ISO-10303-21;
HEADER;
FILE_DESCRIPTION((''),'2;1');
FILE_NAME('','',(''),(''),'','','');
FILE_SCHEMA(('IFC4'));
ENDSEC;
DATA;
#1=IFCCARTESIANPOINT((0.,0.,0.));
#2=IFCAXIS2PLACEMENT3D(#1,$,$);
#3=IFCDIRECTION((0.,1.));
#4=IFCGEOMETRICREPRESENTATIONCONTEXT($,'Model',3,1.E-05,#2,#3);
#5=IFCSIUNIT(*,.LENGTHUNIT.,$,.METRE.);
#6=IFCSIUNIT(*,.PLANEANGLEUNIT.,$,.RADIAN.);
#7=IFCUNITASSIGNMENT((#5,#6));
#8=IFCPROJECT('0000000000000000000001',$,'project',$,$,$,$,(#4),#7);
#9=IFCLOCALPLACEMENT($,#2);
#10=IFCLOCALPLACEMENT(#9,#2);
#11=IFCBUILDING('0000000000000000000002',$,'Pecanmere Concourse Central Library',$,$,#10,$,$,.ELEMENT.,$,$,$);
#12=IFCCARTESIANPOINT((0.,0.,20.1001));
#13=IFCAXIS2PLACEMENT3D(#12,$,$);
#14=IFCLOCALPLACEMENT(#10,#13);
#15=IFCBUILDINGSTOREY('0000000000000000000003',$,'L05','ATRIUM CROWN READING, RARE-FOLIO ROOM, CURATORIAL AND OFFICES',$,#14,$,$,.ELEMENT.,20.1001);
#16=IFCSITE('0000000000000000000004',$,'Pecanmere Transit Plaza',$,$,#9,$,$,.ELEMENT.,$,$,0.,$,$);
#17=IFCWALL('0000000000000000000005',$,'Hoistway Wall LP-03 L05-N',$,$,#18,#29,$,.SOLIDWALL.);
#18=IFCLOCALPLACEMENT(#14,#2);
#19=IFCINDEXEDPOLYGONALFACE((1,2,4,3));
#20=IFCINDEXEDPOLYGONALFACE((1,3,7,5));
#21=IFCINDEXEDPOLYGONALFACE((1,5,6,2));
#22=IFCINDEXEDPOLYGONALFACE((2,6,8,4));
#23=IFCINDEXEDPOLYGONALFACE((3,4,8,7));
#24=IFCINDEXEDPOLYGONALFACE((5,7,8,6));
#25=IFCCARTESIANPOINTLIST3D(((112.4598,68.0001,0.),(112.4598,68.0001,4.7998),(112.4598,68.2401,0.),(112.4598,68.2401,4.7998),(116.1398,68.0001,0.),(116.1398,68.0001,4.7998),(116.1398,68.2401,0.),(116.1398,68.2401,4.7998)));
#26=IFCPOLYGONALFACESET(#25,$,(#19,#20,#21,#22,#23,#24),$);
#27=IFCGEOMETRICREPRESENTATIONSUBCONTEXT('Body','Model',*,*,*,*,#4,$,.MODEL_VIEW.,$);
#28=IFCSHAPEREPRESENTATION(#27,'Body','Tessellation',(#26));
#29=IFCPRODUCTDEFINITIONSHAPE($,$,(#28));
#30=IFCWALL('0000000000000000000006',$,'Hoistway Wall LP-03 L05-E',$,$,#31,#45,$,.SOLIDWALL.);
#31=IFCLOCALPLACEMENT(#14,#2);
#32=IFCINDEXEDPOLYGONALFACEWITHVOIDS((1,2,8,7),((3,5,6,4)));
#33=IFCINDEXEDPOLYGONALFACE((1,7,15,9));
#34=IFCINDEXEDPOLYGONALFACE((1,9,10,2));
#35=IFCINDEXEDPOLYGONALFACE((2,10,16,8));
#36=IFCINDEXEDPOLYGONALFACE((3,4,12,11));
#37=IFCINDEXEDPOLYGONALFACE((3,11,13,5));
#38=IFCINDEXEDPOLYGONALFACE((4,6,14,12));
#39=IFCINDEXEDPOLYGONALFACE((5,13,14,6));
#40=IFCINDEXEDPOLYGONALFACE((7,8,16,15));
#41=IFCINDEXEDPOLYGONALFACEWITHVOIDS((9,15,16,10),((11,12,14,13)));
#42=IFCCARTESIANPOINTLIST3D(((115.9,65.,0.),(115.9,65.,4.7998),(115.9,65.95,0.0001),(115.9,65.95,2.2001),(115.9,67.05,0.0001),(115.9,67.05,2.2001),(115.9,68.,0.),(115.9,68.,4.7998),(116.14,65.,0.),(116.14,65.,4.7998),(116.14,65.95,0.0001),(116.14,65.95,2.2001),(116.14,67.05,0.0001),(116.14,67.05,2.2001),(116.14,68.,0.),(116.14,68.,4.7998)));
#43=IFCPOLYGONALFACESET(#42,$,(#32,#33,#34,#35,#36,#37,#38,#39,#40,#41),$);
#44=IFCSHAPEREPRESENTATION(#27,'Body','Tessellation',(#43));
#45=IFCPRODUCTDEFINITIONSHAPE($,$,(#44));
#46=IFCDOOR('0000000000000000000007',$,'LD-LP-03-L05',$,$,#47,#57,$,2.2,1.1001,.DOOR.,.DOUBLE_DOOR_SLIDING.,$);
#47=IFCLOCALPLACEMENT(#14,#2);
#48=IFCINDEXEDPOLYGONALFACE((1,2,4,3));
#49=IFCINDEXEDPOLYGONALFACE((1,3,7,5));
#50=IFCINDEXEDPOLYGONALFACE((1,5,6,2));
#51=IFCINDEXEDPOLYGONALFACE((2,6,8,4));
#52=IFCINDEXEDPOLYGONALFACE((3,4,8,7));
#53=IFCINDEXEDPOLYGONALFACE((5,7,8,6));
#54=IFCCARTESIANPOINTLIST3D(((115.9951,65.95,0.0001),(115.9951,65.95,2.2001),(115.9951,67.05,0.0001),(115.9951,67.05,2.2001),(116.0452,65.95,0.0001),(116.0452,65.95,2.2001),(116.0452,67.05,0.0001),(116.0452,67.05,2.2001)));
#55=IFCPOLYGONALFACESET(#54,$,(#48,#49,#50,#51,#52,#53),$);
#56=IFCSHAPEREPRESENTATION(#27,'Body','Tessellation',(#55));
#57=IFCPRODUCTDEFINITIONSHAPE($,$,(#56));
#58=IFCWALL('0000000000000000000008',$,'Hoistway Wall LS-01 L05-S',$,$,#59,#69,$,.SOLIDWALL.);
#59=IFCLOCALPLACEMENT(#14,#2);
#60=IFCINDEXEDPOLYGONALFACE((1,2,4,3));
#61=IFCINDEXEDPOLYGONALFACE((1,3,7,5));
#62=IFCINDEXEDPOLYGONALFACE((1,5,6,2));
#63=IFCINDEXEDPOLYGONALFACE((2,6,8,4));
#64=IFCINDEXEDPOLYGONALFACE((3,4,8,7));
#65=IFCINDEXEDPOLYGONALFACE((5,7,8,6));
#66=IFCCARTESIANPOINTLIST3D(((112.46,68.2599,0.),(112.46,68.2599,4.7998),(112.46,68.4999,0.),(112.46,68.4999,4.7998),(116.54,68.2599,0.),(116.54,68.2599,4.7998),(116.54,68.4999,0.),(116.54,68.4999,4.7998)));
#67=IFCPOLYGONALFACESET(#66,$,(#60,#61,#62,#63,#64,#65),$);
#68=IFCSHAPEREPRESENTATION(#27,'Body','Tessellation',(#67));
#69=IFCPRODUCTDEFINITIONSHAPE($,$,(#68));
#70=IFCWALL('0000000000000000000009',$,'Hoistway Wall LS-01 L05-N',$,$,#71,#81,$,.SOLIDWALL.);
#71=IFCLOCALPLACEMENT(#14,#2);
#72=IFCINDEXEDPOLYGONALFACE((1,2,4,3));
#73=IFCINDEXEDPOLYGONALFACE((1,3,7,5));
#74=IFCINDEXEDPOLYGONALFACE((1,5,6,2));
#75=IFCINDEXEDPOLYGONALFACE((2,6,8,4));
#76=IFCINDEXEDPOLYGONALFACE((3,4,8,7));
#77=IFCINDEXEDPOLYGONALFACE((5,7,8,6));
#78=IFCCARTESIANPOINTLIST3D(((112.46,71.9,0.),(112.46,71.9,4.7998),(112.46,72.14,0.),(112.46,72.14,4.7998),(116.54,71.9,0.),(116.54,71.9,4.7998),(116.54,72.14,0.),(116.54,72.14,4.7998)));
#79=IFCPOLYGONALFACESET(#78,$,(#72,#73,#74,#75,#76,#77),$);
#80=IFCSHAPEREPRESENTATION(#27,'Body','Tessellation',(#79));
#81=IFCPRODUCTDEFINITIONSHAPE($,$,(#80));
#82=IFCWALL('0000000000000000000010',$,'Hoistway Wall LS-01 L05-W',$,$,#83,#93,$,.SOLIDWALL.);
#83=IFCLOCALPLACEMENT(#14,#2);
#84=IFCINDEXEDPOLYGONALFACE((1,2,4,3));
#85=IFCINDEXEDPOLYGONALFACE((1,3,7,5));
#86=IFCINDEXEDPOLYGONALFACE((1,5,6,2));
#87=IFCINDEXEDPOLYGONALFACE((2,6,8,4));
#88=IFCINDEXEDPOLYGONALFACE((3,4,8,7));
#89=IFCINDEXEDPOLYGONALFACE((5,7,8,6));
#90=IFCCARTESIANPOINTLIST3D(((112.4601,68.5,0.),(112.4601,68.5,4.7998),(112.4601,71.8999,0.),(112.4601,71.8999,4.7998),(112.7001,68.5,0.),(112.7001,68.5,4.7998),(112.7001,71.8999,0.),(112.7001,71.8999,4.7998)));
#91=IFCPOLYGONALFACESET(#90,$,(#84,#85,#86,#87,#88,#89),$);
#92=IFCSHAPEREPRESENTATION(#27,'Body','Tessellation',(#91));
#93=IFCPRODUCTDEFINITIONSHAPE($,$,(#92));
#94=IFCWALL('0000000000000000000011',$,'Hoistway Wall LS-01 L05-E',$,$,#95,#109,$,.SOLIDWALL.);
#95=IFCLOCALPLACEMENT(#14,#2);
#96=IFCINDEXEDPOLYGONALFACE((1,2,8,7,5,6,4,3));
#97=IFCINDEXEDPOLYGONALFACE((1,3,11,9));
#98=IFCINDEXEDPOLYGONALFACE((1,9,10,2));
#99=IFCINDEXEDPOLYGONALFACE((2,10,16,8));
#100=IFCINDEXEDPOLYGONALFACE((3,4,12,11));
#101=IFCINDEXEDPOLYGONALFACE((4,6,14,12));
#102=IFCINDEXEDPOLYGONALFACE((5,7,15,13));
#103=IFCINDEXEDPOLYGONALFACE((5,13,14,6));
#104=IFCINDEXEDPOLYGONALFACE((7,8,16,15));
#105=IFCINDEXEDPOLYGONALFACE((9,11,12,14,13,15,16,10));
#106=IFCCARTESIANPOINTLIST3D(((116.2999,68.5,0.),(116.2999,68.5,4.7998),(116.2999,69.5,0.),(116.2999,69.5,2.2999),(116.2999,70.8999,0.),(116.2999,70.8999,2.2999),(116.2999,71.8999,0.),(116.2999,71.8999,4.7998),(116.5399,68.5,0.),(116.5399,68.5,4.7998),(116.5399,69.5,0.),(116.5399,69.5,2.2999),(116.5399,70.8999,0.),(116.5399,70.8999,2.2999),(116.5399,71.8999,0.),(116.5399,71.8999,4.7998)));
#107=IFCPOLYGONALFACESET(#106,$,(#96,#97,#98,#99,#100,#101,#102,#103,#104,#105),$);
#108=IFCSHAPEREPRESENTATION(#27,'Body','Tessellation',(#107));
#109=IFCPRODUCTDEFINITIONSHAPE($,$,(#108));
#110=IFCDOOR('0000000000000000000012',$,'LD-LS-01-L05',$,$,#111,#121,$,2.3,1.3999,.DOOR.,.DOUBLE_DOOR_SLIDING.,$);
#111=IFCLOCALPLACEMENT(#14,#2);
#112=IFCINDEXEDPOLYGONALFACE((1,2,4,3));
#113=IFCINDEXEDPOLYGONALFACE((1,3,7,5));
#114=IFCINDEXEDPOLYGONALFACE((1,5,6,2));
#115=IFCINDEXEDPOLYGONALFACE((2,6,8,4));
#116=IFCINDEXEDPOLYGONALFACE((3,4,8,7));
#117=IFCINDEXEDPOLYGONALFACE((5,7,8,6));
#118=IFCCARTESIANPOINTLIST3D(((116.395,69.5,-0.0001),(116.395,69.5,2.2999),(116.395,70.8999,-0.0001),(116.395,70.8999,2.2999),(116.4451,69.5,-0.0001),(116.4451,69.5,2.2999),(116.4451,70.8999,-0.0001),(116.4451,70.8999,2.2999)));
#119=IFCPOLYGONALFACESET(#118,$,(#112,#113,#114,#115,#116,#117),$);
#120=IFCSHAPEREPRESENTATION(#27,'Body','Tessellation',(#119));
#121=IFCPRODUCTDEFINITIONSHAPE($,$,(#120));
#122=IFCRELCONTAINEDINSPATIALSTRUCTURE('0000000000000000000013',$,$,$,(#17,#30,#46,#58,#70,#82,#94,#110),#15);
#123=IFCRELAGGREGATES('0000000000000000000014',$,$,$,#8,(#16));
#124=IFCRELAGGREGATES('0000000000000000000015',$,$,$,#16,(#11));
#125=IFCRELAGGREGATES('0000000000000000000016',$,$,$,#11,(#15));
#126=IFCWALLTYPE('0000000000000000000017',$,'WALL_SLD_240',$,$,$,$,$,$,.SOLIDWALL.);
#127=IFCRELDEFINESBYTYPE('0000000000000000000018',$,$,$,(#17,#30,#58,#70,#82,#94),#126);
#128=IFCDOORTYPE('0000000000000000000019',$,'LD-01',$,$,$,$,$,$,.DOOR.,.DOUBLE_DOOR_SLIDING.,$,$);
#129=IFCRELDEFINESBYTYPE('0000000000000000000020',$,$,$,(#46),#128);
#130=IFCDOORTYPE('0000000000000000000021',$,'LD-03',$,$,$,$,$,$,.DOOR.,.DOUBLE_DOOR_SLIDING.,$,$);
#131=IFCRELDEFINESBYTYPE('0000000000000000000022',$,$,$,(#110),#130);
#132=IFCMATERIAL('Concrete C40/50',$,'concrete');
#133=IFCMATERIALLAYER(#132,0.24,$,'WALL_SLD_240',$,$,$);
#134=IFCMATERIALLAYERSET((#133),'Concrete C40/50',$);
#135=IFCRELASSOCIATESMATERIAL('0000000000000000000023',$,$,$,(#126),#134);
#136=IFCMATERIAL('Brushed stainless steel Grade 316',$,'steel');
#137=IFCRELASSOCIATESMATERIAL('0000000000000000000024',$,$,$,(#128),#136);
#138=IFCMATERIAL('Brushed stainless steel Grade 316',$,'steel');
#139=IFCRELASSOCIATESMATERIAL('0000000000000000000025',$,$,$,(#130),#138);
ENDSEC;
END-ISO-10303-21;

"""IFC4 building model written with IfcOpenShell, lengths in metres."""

from ifc_helpers import new_model, si_unit, direction, frame, frame_2d, origin, place, context, subcontext, project, spatial, rectangle, extrude, material, layer, layer_set, type_object, element, fill, save


model = new_model("IFC4")

# Units and contexts
model_context = context("Model", 3, precision=1e-05, world=origin(), true_north=direction((0.0, 1.0)))
body_context = subcontext(model_context, "Body", "Model", "MODEL_VIEW")
ifc_project = project(units=[si_unit("LENGTHUNIT", "METRE"), si_unit("PLANEANGLEUNIT", "RADIAN")], contexts=[model_context])

# Site, building, storey
site_placement = place(None, origin())
site = spatial("IfcSite", under=ifc_project, at=site_placement, Name="Pecanmere Transit Plaza", CompositionType="ELEMENT", RefElevation=0.0)
building_placement = place(site_placement, origin())
building = spatial("IfcBuilding", under=site, at=building_placement, Name="Pecanmere Concourse Central Library", CompositionType="ELEMENT")
storey_placement = place(building_placement, frame((0.0, 0.0, 20.1001)))
storey = spatial("IfcBuildingStorey", under=building, at=storey_placement, Name="L05", Description="ATRIUM CROWN READING, RARE-FOLIO ROOM, CURATORIAL AND OFFICES", CompositionType="ELEMENT", Elevation=20.1001)

# Wall
ifc_material_1 = material(Name="Concrete C40/50", Category="concrete")
ifc_layer_1 = layer(ifc_material_1, 0.24, Name="WALL_SLD_240")
ifc_layer_set_1 = layer_set([ifc_layer_1], Name="Concrete C40/50")
wall_type_1 = type_object("IfcWallType", Name="WALL_SLD_240", PredefinedType="SOLIDWALL", material=ifc_layer_set_1)
wall_1_placement = place(storey_placement, frame((112.46, 68.1201, 0.0), z_axis=(0.0, 0.0, 1.0), x_axis=(1.0, 0.0, 0.0)))
element("IfcWall", 1, at=wall_1_placement, inside=storey, type_object=wall_type_1, Name="Hoistway Wall LP-03 L05-N", PredefinedType="SOLIDWALL", context=body_context, shape_type="SweptSolid", body=[
    extrude(rectangle(XDim=3.6799, YDim=0.24, at=frame_2d((1.8398, 0.0))), origin(), (0.0, 0.0, 1.0), 4.7998),
])

# Wall, opening, door
wall_2_placement = place(storey_placement, frame((116.02, 65.0, 0.0), z_axis=(0.0, 0.0, 1.0), x_axis=(0.0, 1.0, 0.0)))
wall_2 = element("IfcWall", 2, at=wall_2_placement, inside=storey, type_object=wall_type_1, Name="Hoistway Wall LP-03 L05-E", PredefinedType="SOLIDWALL", context=body_context, shape_type="SweptSolid", body=[
    extrude(rectangle(XDim=3.0, YDim=0.24, at=frame_2d((1.5, 0.0))), origin(), (0.0, 0.0, 1.0), 4.7998),
])
opening_1_placement = place(wall_2_placement, frame((0.95, 0.0, 0.0)))
opening_1 = element("IfcOpeningElement", 3, at=opening_1_placement, cuts=wall_2, PredefinedType="OPENING", context=body_context, shape_type="SweptSolid", body=[
    extrude(rectangle(XDim=1.1001, YDim=2.2, at=frame_2d((0.55, 1.1001))), frame((0.0, 0.1318, 0.0), z_axis=(0.0, -1.0, 0.0), x_axis=(1.0, 0.0, 0.0)), (0.0, 0.0, 1.0), 0.2639),
])
ifc_material_2 = material(Name="Brushed stainless steel Grade 316", Category="steel")
door_type_1 = type_object("IfcDoorType", Name="LD-01", OperationType="DOUBLE_DOOR_SLIDING", PredefinedType="DOOR", material=ifc_material_2)
door_1_placement = place(opening_1_placement, origin())
door_1 = element("IfcDoor", 4, at=door_1_placement, inside=storey, type_object=door_type_1, Name="LD-LP-03-L05", OperationType="DOUBLE_DOOR_SLIDING", OverallHeight=2.2, OverallWidth=1.1001, PredefinedType="DOOR", context=body_context, shape_type="SweptSolid", body=[
    extrude(rectangle(XDim=1.1001, YDim=2.2, at=frame_2d((0.55, 1.1001))), frame((0.0, 0.0249, 0.0), z_axis=(0.0, -1.0, 0.0), x_axis=(1.0, 0.0, 0.0)), (0.0, 0.0, 1.0), 0.05),
])
fill(opening_1, door_1)

# Walls
for number, where, z_axis, x_axis, name in (
    (5, (112.46, 68.3799, 0.0), (0.0, 0.0, 1.0), (1.0, 0.0, 0.0), "Hoistway Wall LS-01 L05-S"),
    (6, (112.46, 72.02, 0.0), (0.0, 0.0, 1.0), (1.0, 0.0, 0.0), "Hoistway Wall LS-01 L05-N"),
):
    element("IfcWall", number, at=place(storey_placement, frame(where, z_axis=z_axis, x_axis=x_axis)), inside=storey, type_object=wall_type_1, Name=name, PredefinedType="SOLIDWALL", context=body_context, shape_type="SweptSolid", body=[
        extrude(rectangle(XDim=4.0801, YDim=0.24, at=frame_2d((2.04, 0.0))), origin(), (0.0, 0.0, 1.0), 4.7998),
    ])
wall_3_placement = place(storey_placement, frame((112.5801, 68.5, 0.0), z_axis=(0.0, 0.0, 1.0), x_axis=(0.0, 1.0, 0.0)))
element("IfcWall", 7, at=wall_3_placement, inside=storey, type_object=wall_type_1, Name="Hoistway Wall LS-01 L05-W", PredefinedType="SOLIDWALL", context=body_context, shape_type="SweptSolid", body=[
    extrude(rectangle(XDim=3.3999, YDim=0.24, at=frame_2d((1.7, 0.0))), origin(), (0.0, 0.0, 1.0), 4.7998),
])

# Wall, opening, door
wall_4_placement = place(storey_placement, frame((116.4199, 68.5, 0.0), z_axis=(0.0, 0.0, 1.0), x_axis=(0.0, 1.0, 0.0)))
wall_4 = element("IfcWall", 8, at=wall_4_placement, inside=storey, type_object=wall_type_1, Name="Hoistway Wall LS-01 L05-E", PredefinedType="SOLIDWALL", context=body_context, shape_type="SweptSolid", body=[
    extrude(rectangle(XDim=3.3999, YDim=0.24, at=frame_2d((1.7, 0.0))), origin(), (0.0, 0.0, 1.0), 4.7998),
])
opening_2_placement = place(wall_4_placement, frame((1.0, 0.0, 0.0)))
opening_2 = element("IfcOpeningElement", 9, at=opening_2_placement, cuts=wall_4, PredefinedType="OPENING", context=body_context, shape_type="SweptSolid", body=[
    extrude(rectangle(XDim=1.3999, YDim=2.3, at=frame_2d((0.7, 1.1499))), frame((0.0, 0.1318, 0.0), z_axis=(0.0, -1.0, 0.0), x_axis=(1.0, 0.0, 0.0)), (0.0, 0.0, 1.0), 0.2639),
])
ifc_material_3 = material(Name="Brushed stainless steel Grade 316", Category="steel")
door_type_2 = type_object("IfcDoorType", Name="LD-03", OperationType="DOUBLE_DOOR_SLIDING", PredefinedType="DOOR", material=ifc_material_3)
door_2_placement = place(opening_2_placement, origin())
door_2 = element("IfcDoor", 10, at=door_2_placement, inside=storey, type_object=door_type_2, Name="LD-LS-01-L05", OperationType="DOUBLE_DOOR_SLIDING", OverallHeight=2.3, OverallWidth=1.3999, PredefinedType="DOOR", context=body_context, shape_type="SweptSolid", body=[
    extrude(rectangle(XDim=1.3999, YDim=2.3, at=frame_2d((0.7, 1.1499))), frame((0.0, 0.0249, 0.0), z_axis=(0.0, -1.0, 0.0), x_axis=(1.0, 0.0, 0.0)), (0.0, 0.0, 1.0), 0.05),
])
fill(opening_2, door_2)

save(model, "model.ifc")
